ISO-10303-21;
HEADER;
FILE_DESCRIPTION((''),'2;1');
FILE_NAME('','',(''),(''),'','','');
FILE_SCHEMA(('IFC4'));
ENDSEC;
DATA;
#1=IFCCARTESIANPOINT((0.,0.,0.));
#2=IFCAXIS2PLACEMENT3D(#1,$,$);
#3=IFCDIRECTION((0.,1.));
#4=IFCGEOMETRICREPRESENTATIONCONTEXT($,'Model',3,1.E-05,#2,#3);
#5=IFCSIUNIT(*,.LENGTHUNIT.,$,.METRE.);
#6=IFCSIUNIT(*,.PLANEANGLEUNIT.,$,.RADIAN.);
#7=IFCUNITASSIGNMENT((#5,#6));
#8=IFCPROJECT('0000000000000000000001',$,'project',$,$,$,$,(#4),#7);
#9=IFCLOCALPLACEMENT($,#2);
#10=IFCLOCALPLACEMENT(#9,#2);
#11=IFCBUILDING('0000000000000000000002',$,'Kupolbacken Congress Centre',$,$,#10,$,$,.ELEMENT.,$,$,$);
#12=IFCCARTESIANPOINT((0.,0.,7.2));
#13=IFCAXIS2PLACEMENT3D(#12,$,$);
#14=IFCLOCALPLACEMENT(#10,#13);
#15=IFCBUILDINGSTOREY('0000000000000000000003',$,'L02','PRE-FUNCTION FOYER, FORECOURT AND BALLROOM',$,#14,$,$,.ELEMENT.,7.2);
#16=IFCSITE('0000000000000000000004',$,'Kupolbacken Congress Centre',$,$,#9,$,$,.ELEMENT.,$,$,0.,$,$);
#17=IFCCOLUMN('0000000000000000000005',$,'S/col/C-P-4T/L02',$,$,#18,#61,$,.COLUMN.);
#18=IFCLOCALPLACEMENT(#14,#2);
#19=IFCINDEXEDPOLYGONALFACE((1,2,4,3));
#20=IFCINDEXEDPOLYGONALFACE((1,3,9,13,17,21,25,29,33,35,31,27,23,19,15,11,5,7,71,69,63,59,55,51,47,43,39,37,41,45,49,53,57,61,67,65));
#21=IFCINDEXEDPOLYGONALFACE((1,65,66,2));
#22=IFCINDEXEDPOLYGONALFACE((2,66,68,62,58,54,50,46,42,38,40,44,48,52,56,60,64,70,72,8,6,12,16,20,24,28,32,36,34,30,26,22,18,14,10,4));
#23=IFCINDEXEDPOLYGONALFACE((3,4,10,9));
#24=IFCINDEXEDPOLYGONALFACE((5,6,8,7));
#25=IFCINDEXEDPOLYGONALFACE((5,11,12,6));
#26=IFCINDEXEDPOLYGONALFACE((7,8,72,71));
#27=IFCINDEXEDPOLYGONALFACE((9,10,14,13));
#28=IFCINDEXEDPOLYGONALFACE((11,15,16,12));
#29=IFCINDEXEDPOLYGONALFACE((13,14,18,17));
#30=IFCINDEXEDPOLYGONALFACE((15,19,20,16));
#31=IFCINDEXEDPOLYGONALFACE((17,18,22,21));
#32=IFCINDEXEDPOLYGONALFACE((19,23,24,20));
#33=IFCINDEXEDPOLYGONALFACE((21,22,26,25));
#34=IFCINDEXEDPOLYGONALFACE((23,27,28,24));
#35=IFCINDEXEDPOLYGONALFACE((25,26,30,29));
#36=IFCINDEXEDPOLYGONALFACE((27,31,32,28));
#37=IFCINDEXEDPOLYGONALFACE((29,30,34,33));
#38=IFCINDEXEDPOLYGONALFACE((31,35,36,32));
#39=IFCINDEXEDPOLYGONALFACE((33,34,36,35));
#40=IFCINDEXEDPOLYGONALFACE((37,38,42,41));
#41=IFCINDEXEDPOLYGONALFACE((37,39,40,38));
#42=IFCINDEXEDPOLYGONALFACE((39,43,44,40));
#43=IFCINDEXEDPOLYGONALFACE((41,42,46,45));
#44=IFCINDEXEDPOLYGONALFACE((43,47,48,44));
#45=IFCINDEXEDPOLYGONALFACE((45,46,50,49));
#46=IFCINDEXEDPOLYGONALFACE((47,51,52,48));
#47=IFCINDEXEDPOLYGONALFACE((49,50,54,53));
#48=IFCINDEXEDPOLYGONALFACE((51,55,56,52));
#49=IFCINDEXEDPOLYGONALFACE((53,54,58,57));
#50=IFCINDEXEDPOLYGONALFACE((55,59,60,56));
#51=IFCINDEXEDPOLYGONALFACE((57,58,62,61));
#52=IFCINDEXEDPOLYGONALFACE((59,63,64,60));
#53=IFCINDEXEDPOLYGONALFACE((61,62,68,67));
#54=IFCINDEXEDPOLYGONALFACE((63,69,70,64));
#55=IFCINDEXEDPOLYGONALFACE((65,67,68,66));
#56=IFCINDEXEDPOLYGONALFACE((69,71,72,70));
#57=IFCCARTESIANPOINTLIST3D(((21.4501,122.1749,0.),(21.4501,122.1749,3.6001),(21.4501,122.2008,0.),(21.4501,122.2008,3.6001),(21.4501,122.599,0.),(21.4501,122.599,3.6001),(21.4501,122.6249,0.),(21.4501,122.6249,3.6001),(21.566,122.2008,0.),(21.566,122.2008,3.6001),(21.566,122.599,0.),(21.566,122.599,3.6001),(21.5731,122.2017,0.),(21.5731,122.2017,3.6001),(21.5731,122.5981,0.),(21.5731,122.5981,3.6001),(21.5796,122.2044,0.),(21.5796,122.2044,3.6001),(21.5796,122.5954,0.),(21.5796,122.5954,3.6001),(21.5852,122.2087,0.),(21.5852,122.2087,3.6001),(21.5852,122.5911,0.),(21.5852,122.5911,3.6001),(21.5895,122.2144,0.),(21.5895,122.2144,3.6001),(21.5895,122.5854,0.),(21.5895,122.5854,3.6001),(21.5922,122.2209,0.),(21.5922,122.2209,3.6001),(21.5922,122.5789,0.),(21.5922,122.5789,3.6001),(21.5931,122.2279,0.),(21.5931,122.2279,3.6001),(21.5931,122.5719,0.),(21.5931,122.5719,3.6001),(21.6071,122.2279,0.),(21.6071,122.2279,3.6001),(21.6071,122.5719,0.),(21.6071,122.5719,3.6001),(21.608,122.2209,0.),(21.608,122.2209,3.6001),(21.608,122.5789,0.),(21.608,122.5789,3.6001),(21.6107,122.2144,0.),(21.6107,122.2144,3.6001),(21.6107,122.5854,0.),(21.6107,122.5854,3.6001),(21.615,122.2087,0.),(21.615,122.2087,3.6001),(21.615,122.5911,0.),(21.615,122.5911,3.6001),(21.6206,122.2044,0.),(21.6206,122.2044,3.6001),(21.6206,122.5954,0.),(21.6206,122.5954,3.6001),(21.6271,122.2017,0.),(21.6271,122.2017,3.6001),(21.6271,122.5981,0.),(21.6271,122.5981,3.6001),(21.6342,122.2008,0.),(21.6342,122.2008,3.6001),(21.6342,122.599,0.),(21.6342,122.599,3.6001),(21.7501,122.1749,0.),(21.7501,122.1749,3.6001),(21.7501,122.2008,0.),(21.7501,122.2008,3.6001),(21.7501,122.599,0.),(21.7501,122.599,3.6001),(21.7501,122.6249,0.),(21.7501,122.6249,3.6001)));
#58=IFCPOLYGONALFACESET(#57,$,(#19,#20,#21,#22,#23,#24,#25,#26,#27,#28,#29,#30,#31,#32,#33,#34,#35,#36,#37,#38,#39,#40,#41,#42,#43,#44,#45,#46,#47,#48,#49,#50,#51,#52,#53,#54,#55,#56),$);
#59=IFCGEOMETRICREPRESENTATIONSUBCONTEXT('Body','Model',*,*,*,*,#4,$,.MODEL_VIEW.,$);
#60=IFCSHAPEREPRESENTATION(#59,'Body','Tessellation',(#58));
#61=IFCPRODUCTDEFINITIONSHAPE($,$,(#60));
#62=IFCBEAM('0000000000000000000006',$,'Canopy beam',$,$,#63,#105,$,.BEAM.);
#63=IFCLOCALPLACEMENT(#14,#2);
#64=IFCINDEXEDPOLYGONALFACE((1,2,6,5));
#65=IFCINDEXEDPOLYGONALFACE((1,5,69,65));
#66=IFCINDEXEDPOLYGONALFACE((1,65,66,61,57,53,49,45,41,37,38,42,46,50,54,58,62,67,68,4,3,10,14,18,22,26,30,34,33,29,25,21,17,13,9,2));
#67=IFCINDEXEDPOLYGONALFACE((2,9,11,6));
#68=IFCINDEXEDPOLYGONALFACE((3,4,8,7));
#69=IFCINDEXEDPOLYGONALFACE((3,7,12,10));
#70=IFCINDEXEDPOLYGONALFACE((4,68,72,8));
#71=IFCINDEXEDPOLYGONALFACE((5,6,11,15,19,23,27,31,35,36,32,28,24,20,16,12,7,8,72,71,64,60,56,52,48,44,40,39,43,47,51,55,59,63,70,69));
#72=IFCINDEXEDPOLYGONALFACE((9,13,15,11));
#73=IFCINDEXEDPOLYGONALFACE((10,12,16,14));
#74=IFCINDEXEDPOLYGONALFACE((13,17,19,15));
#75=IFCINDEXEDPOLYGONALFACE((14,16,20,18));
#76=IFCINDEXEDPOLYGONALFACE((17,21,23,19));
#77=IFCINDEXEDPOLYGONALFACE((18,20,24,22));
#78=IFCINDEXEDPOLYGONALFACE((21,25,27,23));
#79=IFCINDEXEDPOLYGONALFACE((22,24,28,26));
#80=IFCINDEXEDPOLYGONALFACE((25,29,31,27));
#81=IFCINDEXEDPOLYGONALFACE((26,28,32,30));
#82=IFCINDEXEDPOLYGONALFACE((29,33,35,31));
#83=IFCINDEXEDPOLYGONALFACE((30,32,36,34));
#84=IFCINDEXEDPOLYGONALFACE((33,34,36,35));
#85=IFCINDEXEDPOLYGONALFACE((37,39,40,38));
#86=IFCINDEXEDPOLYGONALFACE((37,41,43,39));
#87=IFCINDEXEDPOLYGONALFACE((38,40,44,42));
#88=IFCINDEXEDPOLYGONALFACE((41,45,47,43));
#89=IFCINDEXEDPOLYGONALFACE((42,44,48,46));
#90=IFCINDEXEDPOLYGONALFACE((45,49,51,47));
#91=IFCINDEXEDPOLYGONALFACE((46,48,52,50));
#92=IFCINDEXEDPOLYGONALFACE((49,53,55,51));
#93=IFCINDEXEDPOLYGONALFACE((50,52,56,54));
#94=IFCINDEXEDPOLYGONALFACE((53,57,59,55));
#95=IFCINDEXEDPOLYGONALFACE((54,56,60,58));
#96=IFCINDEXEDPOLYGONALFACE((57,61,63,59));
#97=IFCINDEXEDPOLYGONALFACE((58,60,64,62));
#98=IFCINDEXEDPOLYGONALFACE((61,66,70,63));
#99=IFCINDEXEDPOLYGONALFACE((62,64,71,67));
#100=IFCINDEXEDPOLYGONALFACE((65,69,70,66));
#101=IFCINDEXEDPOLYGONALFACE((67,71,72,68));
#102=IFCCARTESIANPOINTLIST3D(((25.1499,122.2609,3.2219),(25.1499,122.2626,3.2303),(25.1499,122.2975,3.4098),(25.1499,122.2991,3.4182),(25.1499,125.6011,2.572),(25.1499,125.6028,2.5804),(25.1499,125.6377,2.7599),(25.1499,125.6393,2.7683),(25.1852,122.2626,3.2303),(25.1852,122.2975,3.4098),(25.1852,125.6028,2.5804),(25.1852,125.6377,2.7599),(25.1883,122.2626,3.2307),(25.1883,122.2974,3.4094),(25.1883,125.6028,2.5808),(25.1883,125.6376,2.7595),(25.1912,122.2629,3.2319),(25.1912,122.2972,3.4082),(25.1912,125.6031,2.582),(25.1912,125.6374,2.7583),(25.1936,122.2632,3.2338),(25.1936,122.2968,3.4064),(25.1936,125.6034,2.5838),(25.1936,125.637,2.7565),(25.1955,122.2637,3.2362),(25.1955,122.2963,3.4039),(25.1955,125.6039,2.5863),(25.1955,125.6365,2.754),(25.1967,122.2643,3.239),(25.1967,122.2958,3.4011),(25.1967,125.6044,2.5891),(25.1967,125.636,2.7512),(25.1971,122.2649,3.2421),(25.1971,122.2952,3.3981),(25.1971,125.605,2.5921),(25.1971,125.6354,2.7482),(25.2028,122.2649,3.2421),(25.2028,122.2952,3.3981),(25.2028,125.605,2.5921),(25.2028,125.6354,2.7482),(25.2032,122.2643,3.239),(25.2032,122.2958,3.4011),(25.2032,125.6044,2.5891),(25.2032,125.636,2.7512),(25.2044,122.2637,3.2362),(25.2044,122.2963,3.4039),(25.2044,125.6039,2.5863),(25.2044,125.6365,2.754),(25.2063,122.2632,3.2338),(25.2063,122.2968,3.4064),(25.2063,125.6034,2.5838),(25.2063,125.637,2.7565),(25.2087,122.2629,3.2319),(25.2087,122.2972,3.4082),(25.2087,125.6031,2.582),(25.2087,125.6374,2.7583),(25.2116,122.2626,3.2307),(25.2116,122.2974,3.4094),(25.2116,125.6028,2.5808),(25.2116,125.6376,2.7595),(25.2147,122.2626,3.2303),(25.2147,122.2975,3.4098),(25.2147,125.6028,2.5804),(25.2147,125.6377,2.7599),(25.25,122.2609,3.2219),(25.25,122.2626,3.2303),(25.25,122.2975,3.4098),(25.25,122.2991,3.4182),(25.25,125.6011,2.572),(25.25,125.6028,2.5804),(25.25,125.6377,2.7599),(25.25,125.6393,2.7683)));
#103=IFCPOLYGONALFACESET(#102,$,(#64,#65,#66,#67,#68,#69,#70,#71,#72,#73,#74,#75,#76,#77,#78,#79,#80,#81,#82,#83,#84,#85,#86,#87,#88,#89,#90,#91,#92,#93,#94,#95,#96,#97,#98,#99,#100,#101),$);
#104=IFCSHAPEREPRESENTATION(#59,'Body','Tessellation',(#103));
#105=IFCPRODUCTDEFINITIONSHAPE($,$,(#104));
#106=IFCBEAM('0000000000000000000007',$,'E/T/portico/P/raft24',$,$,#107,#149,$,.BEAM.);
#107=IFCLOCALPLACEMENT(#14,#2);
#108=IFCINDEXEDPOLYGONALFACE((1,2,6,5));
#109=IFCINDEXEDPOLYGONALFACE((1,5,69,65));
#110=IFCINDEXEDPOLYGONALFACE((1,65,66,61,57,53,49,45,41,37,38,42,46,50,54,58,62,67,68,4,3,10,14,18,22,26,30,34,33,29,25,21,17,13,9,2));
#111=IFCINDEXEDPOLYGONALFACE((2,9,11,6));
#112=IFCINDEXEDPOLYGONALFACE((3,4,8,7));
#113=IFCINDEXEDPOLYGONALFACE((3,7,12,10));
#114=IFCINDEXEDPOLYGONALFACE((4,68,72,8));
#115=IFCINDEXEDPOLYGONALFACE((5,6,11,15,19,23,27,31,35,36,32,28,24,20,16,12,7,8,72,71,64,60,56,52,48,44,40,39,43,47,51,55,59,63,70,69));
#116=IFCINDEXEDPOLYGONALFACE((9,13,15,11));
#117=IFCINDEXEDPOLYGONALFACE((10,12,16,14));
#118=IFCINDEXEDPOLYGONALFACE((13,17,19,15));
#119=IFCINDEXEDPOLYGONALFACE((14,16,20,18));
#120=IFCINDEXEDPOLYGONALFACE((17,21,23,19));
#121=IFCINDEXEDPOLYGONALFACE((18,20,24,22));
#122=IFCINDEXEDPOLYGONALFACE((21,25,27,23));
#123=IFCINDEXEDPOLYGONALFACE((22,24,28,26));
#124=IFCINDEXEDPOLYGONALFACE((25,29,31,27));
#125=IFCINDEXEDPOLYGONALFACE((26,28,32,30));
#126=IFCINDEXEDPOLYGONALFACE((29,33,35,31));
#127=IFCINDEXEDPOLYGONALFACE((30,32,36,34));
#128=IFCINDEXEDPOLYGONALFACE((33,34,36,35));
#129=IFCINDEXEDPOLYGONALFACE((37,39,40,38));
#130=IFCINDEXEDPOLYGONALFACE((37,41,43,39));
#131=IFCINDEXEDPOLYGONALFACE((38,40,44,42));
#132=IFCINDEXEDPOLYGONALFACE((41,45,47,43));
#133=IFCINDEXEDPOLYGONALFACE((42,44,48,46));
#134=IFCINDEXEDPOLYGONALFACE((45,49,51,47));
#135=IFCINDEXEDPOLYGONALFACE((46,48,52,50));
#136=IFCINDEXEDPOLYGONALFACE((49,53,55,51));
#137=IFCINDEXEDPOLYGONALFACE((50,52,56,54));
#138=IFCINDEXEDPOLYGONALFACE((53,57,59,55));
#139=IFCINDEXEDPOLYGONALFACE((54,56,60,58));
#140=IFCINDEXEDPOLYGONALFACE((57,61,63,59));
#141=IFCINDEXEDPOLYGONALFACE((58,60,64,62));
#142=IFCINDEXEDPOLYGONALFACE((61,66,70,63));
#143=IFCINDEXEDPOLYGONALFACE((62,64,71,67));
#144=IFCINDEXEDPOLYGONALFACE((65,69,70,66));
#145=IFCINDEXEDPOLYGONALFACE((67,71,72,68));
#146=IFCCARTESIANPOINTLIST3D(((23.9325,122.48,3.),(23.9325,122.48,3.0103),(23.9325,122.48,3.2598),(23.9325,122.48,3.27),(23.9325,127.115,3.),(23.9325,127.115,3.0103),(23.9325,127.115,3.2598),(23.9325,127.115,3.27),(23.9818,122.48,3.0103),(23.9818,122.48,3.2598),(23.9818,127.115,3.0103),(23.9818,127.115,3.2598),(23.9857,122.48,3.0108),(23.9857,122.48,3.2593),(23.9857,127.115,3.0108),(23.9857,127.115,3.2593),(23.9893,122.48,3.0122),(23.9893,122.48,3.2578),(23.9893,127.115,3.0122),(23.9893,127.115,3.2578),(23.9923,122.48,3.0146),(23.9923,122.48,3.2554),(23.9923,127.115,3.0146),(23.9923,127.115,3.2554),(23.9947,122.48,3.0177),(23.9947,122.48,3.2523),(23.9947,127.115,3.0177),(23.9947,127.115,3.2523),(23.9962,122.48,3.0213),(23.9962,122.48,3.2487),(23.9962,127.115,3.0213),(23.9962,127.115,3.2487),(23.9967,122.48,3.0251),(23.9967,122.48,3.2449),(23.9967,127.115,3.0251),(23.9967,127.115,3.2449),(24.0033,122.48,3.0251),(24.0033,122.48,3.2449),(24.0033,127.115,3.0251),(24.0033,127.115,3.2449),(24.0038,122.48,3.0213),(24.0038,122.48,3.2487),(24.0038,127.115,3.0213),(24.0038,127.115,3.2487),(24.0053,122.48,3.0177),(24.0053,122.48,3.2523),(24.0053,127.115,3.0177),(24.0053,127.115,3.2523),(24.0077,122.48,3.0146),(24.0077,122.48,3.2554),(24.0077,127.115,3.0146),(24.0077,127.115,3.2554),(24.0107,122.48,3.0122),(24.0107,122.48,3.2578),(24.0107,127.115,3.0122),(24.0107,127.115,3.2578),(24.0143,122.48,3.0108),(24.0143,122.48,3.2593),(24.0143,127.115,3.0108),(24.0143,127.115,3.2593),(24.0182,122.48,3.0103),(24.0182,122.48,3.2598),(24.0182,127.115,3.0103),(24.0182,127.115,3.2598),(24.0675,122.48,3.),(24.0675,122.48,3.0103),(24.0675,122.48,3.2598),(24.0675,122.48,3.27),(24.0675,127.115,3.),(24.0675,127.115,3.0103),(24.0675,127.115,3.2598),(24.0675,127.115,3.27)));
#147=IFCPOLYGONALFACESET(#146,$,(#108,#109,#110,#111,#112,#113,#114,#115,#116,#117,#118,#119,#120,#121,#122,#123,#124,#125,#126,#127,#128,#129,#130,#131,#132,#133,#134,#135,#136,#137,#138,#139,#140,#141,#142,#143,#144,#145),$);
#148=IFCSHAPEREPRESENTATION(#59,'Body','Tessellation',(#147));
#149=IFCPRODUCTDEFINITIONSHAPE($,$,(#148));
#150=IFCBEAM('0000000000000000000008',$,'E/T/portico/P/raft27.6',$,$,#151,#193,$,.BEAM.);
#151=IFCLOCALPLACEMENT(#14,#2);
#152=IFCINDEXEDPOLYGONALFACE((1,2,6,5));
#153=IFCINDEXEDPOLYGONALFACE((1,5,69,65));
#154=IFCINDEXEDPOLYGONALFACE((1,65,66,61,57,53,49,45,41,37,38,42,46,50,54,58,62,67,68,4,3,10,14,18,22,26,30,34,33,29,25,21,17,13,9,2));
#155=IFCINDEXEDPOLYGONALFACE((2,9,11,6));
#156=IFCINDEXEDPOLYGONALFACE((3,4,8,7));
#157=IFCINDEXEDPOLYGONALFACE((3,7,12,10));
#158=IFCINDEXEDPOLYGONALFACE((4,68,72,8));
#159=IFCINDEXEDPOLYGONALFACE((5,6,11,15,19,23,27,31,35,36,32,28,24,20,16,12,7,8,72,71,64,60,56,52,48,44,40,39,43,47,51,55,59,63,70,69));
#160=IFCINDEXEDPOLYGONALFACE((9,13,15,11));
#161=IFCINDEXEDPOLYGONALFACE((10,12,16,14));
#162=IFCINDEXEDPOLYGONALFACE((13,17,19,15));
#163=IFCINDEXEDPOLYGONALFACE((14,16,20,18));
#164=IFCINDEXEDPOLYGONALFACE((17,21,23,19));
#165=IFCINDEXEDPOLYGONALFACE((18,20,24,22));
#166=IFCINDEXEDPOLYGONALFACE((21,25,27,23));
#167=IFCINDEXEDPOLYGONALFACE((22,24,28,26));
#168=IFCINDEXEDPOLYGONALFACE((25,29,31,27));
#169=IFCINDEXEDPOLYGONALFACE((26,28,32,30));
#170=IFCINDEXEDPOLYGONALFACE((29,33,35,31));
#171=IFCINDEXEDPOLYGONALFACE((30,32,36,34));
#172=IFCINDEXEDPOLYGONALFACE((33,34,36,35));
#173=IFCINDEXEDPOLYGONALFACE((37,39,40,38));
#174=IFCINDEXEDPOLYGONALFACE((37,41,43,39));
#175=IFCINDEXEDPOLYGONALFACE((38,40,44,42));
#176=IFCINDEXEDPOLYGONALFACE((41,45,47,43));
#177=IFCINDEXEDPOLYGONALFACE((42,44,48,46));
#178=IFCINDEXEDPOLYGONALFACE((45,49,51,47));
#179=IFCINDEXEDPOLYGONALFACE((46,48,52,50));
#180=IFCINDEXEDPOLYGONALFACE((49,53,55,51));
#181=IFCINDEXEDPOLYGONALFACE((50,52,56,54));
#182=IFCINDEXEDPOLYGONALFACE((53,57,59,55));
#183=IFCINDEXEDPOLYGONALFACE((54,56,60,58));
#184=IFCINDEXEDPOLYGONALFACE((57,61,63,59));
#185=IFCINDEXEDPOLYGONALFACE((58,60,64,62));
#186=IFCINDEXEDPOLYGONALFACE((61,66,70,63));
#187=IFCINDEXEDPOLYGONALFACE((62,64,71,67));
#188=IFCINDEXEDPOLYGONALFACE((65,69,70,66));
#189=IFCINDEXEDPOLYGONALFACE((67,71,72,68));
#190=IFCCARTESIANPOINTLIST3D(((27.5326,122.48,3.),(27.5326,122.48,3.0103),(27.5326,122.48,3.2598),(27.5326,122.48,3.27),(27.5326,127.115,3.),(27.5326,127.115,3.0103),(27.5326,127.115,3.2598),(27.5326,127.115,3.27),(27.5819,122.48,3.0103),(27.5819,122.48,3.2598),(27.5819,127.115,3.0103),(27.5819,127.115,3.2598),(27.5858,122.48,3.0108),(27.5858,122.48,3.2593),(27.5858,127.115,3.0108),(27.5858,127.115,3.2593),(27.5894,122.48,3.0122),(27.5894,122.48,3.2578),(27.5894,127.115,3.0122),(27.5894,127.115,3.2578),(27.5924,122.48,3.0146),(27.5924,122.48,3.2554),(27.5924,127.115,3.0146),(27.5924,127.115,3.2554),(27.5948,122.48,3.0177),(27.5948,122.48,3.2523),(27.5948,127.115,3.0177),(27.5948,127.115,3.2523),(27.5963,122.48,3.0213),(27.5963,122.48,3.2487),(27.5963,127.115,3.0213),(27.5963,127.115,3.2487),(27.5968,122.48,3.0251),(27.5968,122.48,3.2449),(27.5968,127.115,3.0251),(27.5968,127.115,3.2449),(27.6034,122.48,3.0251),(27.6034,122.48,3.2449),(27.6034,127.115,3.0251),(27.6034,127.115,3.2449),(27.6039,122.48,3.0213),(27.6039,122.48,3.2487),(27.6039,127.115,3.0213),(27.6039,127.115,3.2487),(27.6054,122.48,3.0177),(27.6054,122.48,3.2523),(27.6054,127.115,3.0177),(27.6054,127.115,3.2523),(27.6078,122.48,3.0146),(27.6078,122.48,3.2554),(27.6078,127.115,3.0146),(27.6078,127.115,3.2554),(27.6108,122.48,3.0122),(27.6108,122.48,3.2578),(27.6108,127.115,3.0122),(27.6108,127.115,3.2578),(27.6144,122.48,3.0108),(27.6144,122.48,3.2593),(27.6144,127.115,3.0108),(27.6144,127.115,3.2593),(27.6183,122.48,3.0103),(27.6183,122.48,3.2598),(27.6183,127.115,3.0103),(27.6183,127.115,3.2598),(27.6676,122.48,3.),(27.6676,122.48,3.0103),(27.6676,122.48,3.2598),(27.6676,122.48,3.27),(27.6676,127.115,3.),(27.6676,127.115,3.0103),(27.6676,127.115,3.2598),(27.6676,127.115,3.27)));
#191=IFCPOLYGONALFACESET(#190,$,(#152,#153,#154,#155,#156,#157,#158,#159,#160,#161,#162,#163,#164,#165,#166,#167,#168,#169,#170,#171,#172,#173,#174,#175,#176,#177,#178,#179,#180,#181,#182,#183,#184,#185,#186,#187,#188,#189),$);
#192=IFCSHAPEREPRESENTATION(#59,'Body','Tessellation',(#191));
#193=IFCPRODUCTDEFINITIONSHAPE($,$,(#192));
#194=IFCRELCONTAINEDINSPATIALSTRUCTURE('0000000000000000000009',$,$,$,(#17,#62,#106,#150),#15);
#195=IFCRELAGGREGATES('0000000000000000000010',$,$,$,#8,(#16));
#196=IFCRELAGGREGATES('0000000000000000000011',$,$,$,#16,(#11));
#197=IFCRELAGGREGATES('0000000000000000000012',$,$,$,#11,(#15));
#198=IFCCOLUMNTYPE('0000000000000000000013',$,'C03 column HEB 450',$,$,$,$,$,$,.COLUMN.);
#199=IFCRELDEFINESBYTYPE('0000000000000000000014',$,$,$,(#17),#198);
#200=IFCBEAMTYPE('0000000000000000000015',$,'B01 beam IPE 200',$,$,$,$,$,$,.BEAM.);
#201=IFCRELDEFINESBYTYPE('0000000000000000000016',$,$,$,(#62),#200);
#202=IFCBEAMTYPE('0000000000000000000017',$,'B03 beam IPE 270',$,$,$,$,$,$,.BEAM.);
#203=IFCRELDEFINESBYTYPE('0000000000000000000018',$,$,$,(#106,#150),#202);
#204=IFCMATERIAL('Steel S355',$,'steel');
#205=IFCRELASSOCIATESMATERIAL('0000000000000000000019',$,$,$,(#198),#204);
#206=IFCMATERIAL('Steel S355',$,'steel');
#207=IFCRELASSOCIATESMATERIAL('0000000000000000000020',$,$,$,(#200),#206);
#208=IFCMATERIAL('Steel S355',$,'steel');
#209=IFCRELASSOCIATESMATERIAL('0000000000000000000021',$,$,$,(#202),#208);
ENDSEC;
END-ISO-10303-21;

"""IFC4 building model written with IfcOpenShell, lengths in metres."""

from ifc_helpers import new_model, si_unit, direction, frame, origin, origin_2d, place, context, subcontext, project, spatial, i_section, extrude, material, material_profile, profile_set, type_object, element, save


model = new_model("IFC4")

# Units and contexts
model_context = context("Model", 3, precision=1e-05, world=origin(), true_north=direction((0.0, 1.0)))
body_context = subcontext(model_context, "Body", "Model", "MODEL_VIEW")
ifc_project = project(units=[si_unit("LENGTHUNIT", "METRE"), si_unit("PLANEANGLEUNIT", "RADIAN")], contexts=[model_context])

# Site, building, storey
site_placement = place(None, origin())
site = spatial("IfcSite", under=ifc_project, at=site_placement, Name="Kupolbacken Congress Centre", CompositionType="ELEMENT", RefElevation=0.0)
building_placement = place(site_placement, origin())
building = spatial("IfcBuilding", under=site, at=building_placement, Name="Kupolbacken Congress Centre", CompositionType="ELEMENT")
storey_placement = place(building_placement, frame((0.0, 0.0, 7.2)))
storey = spatial("IfcBuildingStorey", under=building, at=storey_placement, Name="L02", Description="PRE-FUNCTION FOYER, FORECOURT AND BALLROOM", CompositionType="ELEMENT", Elevation=7.2)

# Column
ifc_material_1 = material(Name="Steel S355", Category="steel")
ifc_material_profile_1 = material_profile(ifc_material_1, i_section(OverallWidth=0.3, OverallDepth=0.45, WebThickness=0.0139, FlangeThickness=0.0259, FilletRadius=0.0271, at=origin_2d()), Name="HEB 450")
ifc_profile_set_1 = profile_set([ifc_material_profile_1], Name="Steel S355")
column_type = type_object("IfcColumnType", Name="C03 column HEB 450", PredefinedType="COLUMN", material=ifc_profile_set_1)
column_placement = place(storey_placement, frame((21.6001, 122.3999, 0.0), z_axis=(0.0, 0.0, 1.0), x_axis=(1.0, 0.0, 0.0)))
element("IfcColumn", 1, at=column_placement, inside=storey, type_object=column_type, Name="S/col/C-P-4T/L02", PredefinedType="COLUMN", context=body_context, shape_type="SweptSolid", body=[
    extrude(i_section(OverallWidth=0.3, OverallDepth=0.45, WebThickness=0.0139, FlangeThickness=0.0259, FilletRadius=0.0271, at=origin_2d()), origin(), (0.0, 0.0, 1.0), 3.6001),
])

# Beams
ifc_material_2 = material(Name="Steel S355", Category="steel")
ifc_material_profile_2 = material_profile(ifc_material_2, i_section(OverallWidth=0.1001, OverallDepth=0.2, WebThickness=0.0056, FlangeThickness=0.0085, FilletRadius=0.012, at=origin_2d()), Name="IPE 200")
ifc_profile_set_2 = profile_set([ifc_material_profile_2], Name="Steel S355")
beam_type_1 = type_object("IfcBeamType", Name="B01 beam IPE 200", PredefinedType="BEAM", material=ifc_profile_set_2)
beam_1_placement = place(storey_placement, frame((25.2, 122.28, 3.3201), z_axis=(0.0, 0.981591, -0.190994), x_axis=(-1.0, 0.0, 0.0)))
element("IfcBeam", 2, at=beam_1_placement, inside=storey, type_object=beam_type_1, Name="Canopy beam", PredefinedType="BEAM", context=body_context, shape_type="SweptSolid", body=[
    extrude(i_section(OverallWidth=0.1001, OverallDepth=0.2, WebThickness=0.0056, FlangeThickness=0.0085, FilletRadius=0.012, at=origin_2d()), origin(), (0.0, 0.0, 1.0), 3.4028),
])
ifc_material_3 = material(Name="Steel S355", Category="steel")
ifc_material_profile_3 = material_profile(ifc_material_3, i_section(OverallWidth=0.135, OverallDepth=0.27, WebThickness=0.0066, FlangeThickness=0.0103, FilletRadius=0.0149, at=origin_2d()), Name="IPE 270")
ifc_profile_set_3 = profile_set([ifc_material_profile_3], Name="Steel S355")
beam_type_2 = type_object("IfcBeamType", Name="B03 beam IPE 270", PredefinedType="BEAM", material=ifc_profile_set_3)
for number, where, z_axis, x_axis, name in (
    (3, (24.0, 122.48, 3.135), (0.0, 1.0, 0.0), (-1.0, 0.0, 0.0), "E/T/portico/P/raft24"),
    (4, (27.6001, 122.48, 3.135), (0.0, 1.0, 0.0), (-1.0, 0.0, 0.0), "E/T/portico/P/raft27.6"),
):
    element("IfcBeam", number, at=place(storey_placement, frame(where, z_axis=z_axis, x_axis=x_axis)), inside=storey, type_object=beam_type_2, Name=name, PredefinedType="BEAM", context=body_context, shape_type="SweptSolid", body=[
        extrude(i_section(OverallWidth=0.135, OverallDepth=0.27, WebThickness=0.0066, FlangeThickness=0.0103, FilletRadius=0.0149, at=origin_2d()), origin(), (0.0, 0.0, 1.0), 4.635),
    ])

save(model, "model.ifc")
